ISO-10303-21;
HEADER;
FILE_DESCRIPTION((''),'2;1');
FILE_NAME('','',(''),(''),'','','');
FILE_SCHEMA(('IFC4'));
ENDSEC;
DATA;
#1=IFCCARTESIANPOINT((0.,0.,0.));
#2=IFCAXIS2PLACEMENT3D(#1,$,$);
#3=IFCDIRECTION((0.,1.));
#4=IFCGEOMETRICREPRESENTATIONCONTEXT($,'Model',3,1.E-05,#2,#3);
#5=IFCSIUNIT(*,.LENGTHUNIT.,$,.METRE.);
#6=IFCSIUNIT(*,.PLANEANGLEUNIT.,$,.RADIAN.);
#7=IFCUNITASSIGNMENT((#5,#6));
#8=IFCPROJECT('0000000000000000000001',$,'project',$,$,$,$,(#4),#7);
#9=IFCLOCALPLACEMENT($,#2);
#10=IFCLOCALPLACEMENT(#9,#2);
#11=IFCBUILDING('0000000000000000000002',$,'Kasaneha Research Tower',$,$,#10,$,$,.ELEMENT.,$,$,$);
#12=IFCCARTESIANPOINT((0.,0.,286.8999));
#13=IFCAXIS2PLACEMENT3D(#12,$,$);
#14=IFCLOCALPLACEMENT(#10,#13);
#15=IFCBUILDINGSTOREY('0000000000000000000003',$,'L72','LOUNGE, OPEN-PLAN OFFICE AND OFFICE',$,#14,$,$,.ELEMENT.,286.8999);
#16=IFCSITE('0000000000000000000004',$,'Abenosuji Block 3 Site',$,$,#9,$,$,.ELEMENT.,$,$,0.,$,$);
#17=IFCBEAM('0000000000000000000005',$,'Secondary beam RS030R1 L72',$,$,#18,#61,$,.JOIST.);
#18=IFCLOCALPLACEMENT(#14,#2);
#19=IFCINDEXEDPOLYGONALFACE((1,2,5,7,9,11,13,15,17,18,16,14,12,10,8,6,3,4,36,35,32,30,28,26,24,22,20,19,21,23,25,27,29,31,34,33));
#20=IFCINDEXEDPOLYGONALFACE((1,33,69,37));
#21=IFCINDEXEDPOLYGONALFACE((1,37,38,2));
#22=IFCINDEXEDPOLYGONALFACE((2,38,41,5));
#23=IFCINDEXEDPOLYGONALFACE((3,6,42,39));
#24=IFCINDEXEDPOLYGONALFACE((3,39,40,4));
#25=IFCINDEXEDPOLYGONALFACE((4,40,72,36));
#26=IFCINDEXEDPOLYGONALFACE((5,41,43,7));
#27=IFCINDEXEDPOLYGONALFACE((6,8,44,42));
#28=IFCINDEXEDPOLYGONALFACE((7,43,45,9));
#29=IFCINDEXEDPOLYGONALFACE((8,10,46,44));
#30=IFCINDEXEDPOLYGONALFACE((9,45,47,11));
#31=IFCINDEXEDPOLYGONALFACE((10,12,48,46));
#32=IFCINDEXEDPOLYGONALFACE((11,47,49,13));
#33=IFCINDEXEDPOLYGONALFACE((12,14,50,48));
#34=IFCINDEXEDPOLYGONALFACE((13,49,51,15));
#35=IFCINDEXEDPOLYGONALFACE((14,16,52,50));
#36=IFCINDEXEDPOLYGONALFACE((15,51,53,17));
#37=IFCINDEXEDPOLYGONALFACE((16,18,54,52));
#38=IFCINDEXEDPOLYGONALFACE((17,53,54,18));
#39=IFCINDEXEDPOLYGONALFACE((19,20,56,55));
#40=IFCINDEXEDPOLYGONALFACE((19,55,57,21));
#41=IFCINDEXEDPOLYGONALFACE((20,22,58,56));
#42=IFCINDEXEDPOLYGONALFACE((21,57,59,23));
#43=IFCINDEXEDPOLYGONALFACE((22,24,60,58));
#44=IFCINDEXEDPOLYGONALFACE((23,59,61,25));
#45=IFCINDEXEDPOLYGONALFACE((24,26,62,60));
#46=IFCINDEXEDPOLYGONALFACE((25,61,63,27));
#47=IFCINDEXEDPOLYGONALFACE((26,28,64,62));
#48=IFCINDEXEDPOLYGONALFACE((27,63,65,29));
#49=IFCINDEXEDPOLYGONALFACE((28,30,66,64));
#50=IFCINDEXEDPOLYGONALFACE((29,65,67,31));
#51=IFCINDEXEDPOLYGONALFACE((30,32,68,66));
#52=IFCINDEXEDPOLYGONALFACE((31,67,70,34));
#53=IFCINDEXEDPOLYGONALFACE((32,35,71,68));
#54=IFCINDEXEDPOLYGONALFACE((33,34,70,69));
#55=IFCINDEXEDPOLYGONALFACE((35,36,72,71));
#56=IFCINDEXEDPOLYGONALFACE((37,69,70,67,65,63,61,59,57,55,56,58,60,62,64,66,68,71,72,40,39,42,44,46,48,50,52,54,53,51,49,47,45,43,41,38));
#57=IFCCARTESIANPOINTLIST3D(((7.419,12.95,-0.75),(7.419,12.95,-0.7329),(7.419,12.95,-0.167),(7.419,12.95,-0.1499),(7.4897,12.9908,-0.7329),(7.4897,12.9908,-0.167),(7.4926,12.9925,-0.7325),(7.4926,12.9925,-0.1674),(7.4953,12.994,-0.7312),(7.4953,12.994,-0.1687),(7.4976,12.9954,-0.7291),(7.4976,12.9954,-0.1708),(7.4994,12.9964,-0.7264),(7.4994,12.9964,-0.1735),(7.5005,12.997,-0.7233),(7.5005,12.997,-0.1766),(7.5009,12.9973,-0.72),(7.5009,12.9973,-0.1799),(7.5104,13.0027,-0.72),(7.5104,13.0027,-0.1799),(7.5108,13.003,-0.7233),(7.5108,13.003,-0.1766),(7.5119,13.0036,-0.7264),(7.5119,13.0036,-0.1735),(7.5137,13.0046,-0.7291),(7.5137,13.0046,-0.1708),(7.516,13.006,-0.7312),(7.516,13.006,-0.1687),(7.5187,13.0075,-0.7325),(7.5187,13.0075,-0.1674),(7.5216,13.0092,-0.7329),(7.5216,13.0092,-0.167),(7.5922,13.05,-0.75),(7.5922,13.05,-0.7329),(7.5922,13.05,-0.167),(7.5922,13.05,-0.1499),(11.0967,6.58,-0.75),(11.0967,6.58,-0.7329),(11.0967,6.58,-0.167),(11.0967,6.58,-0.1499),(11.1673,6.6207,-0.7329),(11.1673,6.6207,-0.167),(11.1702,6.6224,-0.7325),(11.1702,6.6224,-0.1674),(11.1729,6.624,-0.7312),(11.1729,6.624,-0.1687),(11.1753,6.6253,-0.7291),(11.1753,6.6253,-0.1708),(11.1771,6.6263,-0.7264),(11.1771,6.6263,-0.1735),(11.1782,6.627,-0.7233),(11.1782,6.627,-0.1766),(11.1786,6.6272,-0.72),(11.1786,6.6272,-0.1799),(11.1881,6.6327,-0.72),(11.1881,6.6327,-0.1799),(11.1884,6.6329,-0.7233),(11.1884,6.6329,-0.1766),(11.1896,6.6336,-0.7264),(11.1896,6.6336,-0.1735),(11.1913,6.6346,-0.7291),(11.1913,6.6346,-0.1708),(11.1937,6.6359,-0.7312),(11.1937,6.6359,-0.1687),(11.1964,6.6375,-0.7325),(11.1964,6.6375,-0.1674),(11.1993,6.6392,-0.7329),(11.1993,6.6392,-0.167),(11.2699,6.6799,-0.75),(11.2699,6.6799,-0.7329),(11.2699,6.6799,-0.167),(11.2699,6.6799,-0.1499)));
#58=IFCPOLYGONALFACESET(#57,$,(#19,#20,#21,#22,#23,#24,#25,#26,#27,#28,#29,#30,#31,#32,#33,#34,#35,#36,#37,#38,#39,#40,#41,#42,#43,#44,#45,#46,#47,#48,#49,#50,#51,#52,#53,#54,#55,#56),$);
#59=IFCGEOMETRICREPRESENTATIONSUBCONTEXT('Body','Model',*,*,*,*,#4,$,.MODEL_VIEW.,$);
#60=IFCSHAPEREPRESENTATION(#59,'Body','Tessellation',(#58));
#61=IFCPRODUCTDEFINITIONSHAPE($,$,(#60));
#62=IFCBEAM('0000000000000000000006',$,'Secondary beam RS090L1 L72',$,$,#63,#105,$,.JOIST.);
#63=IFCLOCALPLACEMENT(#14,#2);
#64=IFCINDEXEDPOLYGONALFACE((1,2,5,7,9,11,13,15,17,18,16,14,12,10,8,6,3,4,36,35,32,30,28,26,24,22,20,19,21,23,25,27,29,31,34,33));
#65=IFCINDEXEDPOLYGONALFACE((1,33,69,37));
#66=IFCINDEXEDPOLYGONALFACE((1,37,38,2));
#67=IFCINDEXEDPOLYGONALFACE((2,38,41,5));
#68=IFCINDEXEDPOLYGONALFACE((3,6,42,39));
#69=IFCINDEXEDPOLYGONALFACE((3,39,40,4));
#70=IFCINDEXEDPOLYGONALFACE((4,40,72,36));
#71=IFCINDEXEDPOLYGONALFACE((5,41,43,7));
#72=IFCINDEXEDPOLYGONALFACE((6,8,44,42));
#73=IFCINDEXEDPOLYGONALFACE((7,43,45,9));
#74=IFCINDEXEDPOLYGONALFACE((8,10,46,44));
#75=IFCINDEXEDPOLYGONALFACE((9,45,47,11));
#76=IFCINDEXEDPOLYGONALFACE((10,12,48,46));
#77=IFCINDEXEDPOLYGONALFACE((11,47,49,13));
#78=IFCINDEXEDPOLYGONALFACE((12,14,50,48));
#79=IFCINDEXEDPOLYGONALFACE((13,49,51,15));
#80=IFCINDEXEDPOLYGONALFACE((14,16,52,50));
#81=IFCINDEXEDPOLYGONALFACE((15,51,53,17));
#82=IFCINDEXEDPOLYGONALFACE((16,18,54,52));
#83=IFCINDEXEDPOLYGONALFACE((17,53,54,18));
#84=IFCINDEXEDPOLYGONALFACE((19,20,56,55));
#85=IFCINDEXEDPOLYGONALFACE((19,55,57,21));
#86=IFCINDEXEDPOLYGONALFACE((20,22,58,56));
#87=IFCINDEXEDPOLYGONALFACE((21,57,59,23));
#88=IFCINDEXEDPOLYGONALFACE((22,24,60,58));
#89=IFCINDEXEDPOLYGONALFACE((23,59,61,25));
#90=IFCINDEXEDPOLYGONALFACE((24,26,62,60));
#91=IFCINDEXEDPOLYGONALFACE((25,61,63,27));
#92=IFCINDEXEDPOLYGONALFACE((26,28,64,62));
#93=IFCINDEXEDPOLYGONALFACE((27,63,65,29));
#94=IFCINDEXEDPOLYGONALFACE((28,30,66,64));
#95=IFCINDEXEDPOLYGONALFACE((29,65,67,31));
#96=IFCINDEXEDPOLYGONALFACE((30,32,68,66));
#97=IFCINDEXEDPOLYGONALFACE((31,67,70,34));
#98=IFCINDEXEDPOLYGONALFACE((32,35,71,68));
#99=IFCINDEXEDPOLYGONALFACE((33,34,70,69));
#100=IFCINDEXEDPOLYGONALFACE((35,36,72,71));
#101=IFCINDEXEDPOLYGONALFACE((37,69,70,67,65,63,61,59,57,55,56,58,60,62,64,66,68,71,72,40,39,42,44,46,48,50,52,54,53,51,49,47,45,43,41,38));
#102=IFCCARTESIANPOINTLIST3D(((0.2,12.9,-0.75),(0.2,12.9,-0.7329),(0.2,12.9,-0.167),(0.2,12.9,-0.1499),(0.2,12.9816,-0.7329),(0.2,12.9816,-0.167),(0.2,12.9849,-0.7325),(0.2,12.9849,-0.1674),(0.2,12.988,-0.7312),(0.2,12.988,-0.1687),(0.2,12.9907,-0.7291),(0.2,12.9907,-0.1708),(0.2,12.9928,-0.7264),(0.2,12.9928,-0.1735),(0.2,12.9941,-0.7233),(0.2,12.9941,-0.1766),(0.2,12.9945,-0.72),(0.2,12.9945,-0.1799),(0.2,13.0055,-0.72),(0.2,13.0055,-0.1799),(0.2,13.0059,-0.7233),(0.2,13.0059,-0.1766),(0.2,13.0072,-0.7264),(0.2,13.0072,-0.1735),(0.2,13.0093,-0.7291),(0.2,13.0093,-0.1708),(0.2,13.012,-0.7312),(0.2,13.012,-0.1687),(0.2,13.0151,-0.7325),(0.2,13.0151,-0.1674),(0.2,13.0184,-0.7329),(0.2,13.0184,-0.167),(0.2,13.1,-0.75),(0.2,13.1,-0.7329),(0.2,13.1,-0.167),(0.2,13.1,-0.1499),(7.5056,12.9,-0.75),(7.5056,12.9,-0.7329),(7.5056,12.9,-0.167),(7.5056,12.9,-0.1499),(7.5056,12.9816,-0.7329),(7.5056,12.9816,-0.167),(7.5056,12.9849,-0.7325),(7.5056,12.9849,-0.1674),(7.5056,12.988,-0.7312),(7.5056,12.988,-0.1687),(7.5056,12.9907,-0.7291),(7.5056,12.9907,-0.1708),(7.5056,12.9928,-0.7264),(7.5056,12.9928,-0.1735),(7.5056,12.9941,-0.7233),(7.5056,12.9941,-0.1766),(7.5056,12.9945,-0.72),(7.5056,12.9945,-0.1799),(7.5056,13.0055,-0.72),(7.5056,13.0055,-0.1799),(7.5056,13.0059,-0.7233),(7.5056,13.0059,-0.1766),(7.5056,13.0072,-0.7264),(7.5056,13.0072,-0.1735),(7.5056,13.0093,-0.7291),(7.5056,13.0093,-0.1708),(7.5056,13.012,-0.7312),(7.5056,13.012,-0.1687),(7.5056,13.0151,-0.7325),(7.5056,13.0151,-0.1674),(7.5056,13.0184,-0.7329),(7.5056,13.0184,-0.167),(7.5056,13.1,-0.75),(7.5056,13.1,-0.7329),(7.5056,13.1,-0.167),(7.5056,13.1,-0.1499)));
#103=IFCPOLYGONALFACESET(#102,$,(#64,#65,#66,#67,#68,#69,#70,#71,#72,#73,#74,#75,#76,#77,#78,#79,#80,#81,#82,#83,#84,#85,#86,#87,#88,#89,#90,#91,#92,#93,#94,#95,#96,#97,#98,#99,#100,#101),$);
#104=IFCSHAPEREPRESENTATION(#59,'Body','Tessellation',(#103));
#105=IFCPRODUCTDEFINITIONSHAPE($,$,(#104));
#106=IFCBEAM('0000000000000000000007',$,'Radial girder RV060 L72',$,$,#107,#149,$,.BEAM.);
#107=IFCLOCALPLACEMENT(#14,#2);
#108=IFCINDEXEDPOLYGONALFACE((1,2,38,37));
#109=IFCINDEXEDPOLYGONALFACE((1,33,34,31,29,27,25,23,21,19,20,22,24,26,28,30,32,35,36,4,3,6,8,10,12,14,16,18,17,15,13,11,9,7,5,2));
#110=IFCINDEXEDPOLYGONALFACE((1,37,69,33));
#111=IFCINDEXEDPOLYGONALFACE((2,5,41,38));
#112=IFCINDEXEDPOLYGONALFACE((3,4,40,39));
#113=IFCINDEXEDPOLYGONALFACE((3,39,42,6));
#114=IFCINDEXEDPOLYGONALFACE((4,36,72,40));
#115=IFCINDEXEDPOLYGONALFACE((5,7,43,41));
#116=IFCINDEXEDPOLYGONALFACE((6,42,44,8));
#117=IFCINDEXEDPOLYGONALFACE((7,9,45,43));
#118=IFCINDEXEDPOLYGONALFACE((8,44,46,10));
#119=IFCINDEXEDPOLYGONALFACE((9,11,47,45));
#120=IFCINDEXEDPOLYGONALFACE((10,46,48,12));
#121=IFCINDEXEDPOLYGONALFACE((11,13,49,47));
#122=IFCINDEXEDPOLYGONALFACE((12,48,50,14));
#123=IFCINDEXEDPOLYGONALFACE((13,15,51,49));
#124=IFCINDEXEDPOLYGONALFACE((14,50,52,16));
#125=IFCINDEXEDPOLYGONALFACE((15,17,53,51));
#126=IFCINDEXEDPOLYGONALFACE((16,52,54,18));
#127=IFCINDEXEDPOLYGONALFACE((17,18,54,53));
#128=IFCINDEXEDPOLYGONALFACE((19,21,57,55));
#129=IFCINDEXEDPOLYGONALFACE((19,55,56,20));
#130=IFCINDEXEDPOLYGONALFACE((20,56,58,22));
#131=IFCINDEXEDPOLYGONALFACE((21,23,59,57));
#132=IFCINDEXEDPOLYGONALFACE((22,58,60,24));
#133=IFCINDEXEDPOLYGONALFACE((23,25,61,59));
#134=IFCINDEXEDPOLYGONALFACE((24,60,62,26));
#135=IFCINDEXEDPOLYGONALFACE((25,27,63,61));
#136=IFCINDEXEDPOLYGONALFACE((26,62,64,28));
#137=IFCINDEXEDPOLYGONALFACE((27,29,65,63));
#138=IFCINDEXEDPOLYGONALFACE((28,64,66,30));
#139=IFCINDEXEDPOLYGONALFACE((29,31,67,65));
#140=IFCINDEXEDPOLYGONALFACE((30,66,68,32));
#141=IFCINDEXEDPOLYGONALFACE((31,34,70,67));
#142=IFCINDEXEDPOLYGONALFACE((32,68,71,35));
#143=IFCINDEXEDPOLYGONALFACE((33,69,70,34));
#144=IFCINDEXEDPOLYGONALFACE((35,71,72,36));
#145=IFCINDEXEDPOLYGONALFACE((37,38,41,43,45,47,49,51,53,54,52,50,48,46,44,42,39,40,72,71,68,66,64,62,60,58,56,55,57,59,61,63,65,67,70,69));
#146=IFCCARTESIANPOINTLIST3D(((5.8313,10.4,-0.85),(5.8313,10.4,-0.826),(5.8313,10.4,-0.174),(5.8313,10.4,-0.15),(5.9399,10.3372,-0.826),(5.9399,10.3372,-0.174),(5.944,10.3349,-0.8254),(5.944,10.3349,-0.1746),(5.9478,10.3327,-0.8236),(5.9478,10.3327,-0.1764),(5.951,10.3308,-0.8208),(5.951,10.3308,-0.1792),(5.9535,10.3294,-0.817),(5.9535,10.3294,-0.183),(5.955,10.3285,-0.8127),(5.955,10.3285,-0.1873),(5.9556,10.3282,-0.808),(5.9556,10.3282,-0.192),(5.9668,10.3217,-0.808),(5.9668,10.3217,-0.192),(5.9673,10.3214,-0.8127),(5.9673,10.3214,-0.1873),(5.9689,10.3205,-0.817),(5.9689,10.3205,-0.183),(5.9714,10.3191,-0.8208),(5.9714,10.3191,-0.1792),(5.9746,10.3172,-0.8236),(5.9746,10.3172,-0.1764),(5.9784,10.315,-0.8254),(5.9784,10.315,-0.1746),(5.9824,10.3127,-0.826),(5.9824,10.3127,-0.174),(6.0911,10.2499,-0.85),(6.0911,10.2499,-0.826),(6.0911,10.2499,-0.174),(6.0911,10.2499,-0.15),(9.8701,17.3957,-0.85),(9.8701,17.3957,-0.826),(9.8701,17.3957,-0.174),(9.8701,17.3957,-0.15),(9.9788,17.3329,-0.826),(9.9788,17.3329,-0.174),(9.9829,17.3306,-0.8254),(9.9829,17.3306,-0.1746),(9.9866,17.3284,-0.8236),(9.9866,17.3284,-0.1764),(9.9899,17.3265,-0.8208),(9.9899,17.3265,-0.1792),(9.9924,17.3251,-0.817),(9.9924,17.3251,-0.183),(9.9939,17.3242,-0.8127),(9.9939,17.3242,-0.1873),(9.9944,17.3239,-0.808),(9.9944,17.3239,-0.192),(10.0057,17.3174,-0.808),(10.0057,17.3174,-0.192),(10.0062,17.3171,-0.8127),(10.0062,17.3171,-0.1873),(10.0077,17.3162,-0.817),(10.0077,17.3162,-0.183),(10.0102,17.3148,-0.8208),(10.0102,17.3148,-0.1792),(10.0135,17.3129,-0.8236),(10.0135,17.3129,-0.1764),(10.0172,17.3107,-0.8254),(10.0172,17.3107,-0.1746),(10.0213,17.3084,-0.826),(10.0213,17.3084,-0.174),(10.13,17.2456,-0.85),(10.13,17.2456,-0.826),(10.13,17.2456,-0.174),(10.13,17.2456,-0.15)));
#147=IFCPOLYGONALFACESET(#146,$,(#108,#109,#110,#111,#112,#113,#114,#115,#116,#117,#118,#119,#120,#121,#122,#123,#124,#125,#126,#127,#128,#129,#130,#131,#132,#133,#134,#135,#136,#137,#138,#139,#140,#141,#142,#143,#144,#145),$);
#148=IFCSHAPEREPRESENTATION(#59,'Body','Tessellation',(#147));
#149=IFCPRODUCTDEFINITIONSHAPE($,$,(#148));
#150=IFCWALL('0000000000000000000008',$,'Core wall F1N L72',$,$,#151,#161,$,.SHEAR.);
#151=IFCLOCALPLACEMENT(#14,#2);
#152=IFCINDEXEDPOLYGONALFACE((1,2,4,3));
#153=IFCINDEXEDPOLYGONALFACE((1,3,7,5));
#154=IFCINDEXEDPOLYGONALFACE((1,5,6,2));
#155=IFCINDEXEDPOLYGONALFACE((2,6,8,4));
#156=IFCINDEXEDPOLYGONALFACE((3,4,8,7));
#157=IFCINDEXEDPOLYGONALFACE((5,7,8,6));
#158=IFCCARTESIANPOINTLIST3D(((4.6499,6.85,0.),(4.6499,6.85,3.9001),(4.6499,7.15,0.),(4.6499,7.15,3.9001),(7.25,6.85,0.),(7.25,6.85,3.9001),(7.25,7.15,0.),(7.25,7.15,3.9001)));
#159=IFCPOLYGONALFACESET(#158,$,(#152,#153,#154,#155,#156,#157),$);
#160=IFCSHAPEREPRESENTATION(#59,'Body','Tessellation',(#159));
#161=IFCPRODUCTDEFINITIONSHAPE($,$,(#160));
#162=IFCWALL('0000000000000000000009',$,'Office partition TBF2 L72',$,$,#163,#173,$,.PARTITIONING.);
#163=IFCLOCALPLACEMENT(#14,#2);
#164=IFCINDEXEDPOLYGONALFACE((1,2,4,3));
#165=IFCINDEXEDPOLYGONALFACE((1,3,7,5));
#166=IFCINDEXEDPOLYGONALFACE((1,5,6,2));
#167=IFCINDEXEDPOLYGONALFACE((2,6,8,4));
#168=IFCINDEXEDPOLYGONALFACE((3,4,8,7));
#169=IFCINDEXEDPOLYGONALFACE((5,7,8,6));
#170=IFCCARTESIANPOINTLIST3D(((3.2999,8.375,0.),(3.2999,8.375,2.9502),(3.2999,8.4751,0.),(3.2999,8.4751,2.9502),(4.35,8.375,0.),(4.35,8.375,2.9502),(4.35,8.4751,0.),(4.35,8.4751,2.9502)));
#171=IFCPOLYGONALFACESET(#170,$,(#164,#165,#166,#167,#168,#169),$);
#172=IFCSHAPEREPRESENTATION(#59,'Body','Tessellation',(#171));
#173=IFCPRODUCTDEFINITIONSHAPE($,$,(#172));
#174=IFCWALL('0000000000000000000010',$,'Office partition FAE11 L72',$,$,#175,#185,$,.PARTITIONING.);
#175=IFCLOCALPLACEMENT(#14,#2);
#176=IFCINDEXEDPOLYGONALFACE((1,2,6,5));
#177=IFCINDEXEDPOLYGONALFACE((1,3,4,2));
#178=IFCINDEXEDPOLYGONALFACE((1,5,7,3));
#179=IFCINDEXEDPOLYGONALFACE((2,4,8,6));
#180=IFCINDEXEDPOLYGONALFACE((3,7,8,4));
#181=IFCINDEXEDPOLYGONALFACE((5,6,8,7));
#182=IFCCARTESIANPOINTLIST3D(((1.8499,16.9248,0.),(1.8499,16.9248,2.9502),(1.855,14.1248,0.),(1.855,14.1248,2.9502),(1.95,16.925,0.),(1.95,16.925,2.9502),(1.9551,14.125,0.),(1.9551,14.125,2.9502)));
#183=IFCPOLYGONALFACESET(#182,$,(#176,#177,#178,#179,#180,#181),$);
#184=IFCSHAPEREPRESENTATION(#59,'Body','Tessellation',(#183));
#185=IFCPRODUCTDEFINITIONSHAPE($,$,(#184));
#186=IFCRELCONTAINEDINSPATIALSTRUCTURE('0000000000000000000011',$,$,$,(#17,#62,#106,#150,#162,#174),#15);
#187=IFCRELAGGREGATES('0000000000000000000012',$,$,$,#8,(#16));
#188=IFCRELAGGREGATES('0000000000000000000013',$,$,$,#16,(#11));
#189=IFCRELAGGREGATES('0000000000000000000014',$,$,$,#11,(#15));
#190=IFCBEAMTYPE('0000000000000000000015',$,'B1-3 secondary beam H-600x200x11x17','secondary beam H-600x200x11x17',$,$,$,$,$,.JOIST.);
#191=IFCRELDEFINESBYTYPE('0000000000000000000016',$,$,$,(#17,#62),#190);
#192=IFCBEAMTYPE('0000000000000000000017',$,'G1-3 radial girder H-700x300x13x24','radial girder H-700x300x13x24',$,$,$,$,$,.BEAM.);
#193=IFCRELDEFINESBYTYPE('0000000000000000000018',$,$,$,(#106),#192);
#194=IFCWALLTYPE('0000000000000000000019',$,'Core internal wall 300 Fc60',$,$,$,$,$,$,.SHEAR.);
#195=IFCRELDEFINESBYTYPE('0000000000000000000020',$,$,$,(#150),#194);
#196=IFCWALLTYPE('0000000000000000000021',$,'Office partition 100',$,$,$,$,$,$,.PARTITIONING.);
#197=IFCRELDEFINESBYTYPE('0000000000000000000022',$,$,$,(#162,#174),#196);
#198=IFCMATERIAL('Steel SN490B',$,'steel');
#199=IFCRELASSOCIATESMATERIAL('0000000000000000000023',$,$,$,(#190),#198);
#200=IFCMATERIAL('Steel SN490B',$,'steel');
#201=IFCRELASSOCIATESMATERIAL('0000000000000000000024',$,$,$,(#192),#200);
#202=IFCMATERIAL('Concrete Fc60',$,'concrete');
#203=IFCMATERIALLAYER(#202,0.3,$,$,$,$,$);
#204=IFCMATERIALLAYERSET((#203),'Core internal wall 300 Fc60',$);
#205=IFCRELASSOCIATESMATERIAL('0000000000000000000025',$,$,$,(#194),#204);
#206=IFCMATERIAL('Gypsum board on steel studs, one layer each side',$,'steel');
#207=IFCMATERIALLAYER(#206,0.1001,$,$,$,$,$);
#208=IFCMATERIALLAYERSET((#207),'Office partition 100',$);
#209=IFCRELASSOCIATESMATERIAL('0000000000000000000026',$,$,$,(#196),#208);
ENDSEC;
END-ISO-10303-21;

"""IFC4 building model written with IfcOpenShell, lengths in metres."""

from ifc_helpers import new_model, si_unit, direction, frame, frame_2d, origin, origin_2d, place, context, subcontext, project, spatial, rectangle, i_section, extrude, material, layer, layer_set, material_profile, profile_set, type_object, element, save


model = new_model("IFC4")

# Units and contexts
model_context = context("Model", 3, precision=1e-05, world=origin(), true_north=direction((0.0, 1.0)))
body_context = subcontext(model_context, "Body", "Model", "MODEL_VIEW")
ifc_project = project(units=[si_unit("LENGTHUNIT", "METRE"), si_unit("PLANEANGLEUNIT", "RADIAN")], contexts=[model_context])

# Site, building, storey
site_placement = place(None, origin())
site = spatial("IfcSite", under=ifc_project, at=site_placement, Name="Abenosuji Block 3 Site", CompositionType="ELEMENT", RefElevation=0.0)
building_placement = place(site_placement, origin())
building = spatial("IfcBuilding", under=site, at=building_placement, Name="Kasaneha Research Tower", CompositionType="ELEMENT")
storey_placement = place(building_placement, frame((0.0, 0.0, 286.8999)))
storey = spatial("IfcBuildingStorey", under=building, at=storey_placement, Name="L72", Description="LOUNGE, OPEN-PLAN OFFICE AND OFFICE", CompositionType="ELEMENT", Elevation=286.8999)

# Beams
ifc_material_1 = material(Name="Steel SN490B", Category="steel")
ifc_material_profile_1 = material_profile(ifc_material_1, i_section(OverallWidth=0.2, OverallDepth=0.6001, WebThickness=0.011, FlangeThickness=0.0171, FilletRadius=0.0129, at=origin_2d()), Name="H-600x200x11x17")
ifc_profile_set_1 = profile_set([ifc_material_profile_1], Name="Steel SN490B")
beam_type_1 = type_object("IfcBeamType", Name="B1-3 secondary beam H-600x200x11x17", Description="secondary beam H-600x200x11x17", PredefinedType="JOIST", material=ifc_profile_set_1)
beam_1_placement = place(storey_placement, frame((7.5056, 13.0, -0.45), z_axis=(0.499994, -0.866029, 0.0), x_axis=(0.866029, 0.499994, 0.0)))
element("IfcBeam", 1, at=beam_1_placement, inside=storey, type_object=beam_type_1, Name="Secondary beam RS030R1 L72", PredefinedType="JOIST", context=body_context, shape_type="SweptSolid", body=[
    extrude(i_section(OverallWidth=0.2, OverallDepth=0.6001, WebThickness=0.011, FlangeThickness=0.0171, FilletRadius=0.0129, at=origin_2d()), origin(), (0.0, 0.0, 1.0), 7.3555),
])
beam_2_placement = place(storey_placement, frame((7.5056, 13.0, -0.45), z_axis=(-1.0, 0.0, 0.0), x_axis=(0.0, -1.0, 0.0)))
element("IfcBeam", 2, at=beam_2_placement, inside=storey, type_object=beam_type_1, Name="Secondary beam RS090L1 L72", PredefinedType="JOIST", context=body_context, shape_type="SweptSolid", body=[
    extrude(i_section(OverallWidth=0.2, OverallDepth=0.6001, WebThickness=0.011, FlangeThickness=0.0171, FilletRadius=0.0129, at=origin_2d()), origin(), (0.0, 0.0, 1.0), 7.3057),
])
ifc_material_2 = material(Name="Steel SN490B", Category="steel")
ifc_material_profile_2 = material_profile(ifc_material_2, i_section(OverallWidth=0.3, OverallDepth=0.7, WebThickness=0.0129, FlangeThickness=0.0239, FilletRadius=0.0181, at=origin_2d()), Name="H-700x300x13x24")
ifc_profile_set_2 = profile_set([ifc_material_profile_2], Name="Steel SN490B")
beam_type_2 = type_object("IfcBeamType", Name="G1-3 radial girder H-700x300x13x24", Description="radial girder H-700x300x13x24", PredefinedType="BEAM", material=ifc_profile_set_2)
beam_3_placement = place(storey_placement, frame((5.9612, 10.325, -0.5), z_axis=(0.499991, 0.866031, 0.0), x_axis=(-0.866031, 0.499991, 0.0)))
element("IfcBeam", 3, at=beam_3_placement, inside=storey, type_object=beam_type_2, Name="Radial girder RV060 L72", PredefinedType="BEAM", context=body_context, shape_type="SweptSolid", body=[
    extrude(i_section(OverallWidth=0.3, OverallDepth=0.7, WebThickness=0.0129, FlangeThickness=0.0239, FilletRadius=0.0181, at=origin_2d()), origin(), (0.0, 0.0, 1.0), 8.0779),
])

# Wall
ifc_material_3 = material(Name="Concrete Fc60", Category="concrete")
ifc_layer_1 = layer(ifc_material_3, 0.3)
ifc_layer_set_1 = layer_set([ifc_layer_1], Name="Core internal wall 300 Fc60")
wall_type_1 = type_object("IfcWallType", Name="Core internal wall 300 Fc60", PredefinedType="SHEAR", material=ifc_layer_set_1)
wall_1_placement = place(storey_placement, frame((4.6499, 7.0, 0.0), z_axis=(0.0, 0.0, 1.0), x_axis=(1.0, 0.0, 0.0)))
element("IfcWall", 4, at=wall_1_placement, inside=storey, type_object=wall_type_1, Name="Core wall F1N L72", PredefinedType="SHEAR", context=body_context, shape_type="SweptSolid", body=[
    extrude(rectangle(XDim=2.6001, YDim=0.3, at=frame_2d((1.3, 0.0))), origin(), (0.0, 0.0, 1.0), 3.9001),
])

# Walls
ifc_material_4 = material(Name="Gypsum board on steel studs, one layer each side", Category="steel")
ifc_layer_2 = layer(ifc_material_4, 0.1001)
ifc_layer_set_2 = layer_set([ifc_layer_2], Name="Office partition 100")
wall_type_2 = type_object("IfcWallType", Name="Office partition 100", PredefinedType="PARTITIONING", material=ifc_layer_set_2)
wall_2_placement = place(storey_placement, frame((3.3, 8.425, 0.0), z_axis=(0.0, 0.0, 1.0), x_axis=(1.0, 0.0, 0.0)))
element("IfcWall", 5, at=wall_2_placement, inside=storey, type_object=wall_type_2, Name="Office partition TBF2 L72", PredefinedType="PARTITIONING", context=body_context, shape_type="SweptSolid", body=[
    extrude(rectangle(XDim=1.05, YDim=0.1001, at=frame_2d((0.5249, 0.0))), origin(), (0.0, 0.0, 1.0), 2.9502),
])
wall_3_placement = place(storey_placement, frame((1.905, 14.125, 0.0), z_axis=(0.0, 0.0, 1.0), x_axis=(-0.001831, 0.999998, 0.0)))
element("IfcWall", 6, at=wall_3_placement, inside=storey, type_object=wall_type_2, Name="Office partition FAE11 L72", PredefinedType="PARTITIONING", context=body_context, shape_type="SweptSolid", body=[
    extrude(rectangle(XDim=2.8, YDim=0.1001, at=frame_2d((1.3999, 0.0))), origin(), (0.0, 0.0, 1.0), 2.9502),
])

save(model, "model.ifc")
